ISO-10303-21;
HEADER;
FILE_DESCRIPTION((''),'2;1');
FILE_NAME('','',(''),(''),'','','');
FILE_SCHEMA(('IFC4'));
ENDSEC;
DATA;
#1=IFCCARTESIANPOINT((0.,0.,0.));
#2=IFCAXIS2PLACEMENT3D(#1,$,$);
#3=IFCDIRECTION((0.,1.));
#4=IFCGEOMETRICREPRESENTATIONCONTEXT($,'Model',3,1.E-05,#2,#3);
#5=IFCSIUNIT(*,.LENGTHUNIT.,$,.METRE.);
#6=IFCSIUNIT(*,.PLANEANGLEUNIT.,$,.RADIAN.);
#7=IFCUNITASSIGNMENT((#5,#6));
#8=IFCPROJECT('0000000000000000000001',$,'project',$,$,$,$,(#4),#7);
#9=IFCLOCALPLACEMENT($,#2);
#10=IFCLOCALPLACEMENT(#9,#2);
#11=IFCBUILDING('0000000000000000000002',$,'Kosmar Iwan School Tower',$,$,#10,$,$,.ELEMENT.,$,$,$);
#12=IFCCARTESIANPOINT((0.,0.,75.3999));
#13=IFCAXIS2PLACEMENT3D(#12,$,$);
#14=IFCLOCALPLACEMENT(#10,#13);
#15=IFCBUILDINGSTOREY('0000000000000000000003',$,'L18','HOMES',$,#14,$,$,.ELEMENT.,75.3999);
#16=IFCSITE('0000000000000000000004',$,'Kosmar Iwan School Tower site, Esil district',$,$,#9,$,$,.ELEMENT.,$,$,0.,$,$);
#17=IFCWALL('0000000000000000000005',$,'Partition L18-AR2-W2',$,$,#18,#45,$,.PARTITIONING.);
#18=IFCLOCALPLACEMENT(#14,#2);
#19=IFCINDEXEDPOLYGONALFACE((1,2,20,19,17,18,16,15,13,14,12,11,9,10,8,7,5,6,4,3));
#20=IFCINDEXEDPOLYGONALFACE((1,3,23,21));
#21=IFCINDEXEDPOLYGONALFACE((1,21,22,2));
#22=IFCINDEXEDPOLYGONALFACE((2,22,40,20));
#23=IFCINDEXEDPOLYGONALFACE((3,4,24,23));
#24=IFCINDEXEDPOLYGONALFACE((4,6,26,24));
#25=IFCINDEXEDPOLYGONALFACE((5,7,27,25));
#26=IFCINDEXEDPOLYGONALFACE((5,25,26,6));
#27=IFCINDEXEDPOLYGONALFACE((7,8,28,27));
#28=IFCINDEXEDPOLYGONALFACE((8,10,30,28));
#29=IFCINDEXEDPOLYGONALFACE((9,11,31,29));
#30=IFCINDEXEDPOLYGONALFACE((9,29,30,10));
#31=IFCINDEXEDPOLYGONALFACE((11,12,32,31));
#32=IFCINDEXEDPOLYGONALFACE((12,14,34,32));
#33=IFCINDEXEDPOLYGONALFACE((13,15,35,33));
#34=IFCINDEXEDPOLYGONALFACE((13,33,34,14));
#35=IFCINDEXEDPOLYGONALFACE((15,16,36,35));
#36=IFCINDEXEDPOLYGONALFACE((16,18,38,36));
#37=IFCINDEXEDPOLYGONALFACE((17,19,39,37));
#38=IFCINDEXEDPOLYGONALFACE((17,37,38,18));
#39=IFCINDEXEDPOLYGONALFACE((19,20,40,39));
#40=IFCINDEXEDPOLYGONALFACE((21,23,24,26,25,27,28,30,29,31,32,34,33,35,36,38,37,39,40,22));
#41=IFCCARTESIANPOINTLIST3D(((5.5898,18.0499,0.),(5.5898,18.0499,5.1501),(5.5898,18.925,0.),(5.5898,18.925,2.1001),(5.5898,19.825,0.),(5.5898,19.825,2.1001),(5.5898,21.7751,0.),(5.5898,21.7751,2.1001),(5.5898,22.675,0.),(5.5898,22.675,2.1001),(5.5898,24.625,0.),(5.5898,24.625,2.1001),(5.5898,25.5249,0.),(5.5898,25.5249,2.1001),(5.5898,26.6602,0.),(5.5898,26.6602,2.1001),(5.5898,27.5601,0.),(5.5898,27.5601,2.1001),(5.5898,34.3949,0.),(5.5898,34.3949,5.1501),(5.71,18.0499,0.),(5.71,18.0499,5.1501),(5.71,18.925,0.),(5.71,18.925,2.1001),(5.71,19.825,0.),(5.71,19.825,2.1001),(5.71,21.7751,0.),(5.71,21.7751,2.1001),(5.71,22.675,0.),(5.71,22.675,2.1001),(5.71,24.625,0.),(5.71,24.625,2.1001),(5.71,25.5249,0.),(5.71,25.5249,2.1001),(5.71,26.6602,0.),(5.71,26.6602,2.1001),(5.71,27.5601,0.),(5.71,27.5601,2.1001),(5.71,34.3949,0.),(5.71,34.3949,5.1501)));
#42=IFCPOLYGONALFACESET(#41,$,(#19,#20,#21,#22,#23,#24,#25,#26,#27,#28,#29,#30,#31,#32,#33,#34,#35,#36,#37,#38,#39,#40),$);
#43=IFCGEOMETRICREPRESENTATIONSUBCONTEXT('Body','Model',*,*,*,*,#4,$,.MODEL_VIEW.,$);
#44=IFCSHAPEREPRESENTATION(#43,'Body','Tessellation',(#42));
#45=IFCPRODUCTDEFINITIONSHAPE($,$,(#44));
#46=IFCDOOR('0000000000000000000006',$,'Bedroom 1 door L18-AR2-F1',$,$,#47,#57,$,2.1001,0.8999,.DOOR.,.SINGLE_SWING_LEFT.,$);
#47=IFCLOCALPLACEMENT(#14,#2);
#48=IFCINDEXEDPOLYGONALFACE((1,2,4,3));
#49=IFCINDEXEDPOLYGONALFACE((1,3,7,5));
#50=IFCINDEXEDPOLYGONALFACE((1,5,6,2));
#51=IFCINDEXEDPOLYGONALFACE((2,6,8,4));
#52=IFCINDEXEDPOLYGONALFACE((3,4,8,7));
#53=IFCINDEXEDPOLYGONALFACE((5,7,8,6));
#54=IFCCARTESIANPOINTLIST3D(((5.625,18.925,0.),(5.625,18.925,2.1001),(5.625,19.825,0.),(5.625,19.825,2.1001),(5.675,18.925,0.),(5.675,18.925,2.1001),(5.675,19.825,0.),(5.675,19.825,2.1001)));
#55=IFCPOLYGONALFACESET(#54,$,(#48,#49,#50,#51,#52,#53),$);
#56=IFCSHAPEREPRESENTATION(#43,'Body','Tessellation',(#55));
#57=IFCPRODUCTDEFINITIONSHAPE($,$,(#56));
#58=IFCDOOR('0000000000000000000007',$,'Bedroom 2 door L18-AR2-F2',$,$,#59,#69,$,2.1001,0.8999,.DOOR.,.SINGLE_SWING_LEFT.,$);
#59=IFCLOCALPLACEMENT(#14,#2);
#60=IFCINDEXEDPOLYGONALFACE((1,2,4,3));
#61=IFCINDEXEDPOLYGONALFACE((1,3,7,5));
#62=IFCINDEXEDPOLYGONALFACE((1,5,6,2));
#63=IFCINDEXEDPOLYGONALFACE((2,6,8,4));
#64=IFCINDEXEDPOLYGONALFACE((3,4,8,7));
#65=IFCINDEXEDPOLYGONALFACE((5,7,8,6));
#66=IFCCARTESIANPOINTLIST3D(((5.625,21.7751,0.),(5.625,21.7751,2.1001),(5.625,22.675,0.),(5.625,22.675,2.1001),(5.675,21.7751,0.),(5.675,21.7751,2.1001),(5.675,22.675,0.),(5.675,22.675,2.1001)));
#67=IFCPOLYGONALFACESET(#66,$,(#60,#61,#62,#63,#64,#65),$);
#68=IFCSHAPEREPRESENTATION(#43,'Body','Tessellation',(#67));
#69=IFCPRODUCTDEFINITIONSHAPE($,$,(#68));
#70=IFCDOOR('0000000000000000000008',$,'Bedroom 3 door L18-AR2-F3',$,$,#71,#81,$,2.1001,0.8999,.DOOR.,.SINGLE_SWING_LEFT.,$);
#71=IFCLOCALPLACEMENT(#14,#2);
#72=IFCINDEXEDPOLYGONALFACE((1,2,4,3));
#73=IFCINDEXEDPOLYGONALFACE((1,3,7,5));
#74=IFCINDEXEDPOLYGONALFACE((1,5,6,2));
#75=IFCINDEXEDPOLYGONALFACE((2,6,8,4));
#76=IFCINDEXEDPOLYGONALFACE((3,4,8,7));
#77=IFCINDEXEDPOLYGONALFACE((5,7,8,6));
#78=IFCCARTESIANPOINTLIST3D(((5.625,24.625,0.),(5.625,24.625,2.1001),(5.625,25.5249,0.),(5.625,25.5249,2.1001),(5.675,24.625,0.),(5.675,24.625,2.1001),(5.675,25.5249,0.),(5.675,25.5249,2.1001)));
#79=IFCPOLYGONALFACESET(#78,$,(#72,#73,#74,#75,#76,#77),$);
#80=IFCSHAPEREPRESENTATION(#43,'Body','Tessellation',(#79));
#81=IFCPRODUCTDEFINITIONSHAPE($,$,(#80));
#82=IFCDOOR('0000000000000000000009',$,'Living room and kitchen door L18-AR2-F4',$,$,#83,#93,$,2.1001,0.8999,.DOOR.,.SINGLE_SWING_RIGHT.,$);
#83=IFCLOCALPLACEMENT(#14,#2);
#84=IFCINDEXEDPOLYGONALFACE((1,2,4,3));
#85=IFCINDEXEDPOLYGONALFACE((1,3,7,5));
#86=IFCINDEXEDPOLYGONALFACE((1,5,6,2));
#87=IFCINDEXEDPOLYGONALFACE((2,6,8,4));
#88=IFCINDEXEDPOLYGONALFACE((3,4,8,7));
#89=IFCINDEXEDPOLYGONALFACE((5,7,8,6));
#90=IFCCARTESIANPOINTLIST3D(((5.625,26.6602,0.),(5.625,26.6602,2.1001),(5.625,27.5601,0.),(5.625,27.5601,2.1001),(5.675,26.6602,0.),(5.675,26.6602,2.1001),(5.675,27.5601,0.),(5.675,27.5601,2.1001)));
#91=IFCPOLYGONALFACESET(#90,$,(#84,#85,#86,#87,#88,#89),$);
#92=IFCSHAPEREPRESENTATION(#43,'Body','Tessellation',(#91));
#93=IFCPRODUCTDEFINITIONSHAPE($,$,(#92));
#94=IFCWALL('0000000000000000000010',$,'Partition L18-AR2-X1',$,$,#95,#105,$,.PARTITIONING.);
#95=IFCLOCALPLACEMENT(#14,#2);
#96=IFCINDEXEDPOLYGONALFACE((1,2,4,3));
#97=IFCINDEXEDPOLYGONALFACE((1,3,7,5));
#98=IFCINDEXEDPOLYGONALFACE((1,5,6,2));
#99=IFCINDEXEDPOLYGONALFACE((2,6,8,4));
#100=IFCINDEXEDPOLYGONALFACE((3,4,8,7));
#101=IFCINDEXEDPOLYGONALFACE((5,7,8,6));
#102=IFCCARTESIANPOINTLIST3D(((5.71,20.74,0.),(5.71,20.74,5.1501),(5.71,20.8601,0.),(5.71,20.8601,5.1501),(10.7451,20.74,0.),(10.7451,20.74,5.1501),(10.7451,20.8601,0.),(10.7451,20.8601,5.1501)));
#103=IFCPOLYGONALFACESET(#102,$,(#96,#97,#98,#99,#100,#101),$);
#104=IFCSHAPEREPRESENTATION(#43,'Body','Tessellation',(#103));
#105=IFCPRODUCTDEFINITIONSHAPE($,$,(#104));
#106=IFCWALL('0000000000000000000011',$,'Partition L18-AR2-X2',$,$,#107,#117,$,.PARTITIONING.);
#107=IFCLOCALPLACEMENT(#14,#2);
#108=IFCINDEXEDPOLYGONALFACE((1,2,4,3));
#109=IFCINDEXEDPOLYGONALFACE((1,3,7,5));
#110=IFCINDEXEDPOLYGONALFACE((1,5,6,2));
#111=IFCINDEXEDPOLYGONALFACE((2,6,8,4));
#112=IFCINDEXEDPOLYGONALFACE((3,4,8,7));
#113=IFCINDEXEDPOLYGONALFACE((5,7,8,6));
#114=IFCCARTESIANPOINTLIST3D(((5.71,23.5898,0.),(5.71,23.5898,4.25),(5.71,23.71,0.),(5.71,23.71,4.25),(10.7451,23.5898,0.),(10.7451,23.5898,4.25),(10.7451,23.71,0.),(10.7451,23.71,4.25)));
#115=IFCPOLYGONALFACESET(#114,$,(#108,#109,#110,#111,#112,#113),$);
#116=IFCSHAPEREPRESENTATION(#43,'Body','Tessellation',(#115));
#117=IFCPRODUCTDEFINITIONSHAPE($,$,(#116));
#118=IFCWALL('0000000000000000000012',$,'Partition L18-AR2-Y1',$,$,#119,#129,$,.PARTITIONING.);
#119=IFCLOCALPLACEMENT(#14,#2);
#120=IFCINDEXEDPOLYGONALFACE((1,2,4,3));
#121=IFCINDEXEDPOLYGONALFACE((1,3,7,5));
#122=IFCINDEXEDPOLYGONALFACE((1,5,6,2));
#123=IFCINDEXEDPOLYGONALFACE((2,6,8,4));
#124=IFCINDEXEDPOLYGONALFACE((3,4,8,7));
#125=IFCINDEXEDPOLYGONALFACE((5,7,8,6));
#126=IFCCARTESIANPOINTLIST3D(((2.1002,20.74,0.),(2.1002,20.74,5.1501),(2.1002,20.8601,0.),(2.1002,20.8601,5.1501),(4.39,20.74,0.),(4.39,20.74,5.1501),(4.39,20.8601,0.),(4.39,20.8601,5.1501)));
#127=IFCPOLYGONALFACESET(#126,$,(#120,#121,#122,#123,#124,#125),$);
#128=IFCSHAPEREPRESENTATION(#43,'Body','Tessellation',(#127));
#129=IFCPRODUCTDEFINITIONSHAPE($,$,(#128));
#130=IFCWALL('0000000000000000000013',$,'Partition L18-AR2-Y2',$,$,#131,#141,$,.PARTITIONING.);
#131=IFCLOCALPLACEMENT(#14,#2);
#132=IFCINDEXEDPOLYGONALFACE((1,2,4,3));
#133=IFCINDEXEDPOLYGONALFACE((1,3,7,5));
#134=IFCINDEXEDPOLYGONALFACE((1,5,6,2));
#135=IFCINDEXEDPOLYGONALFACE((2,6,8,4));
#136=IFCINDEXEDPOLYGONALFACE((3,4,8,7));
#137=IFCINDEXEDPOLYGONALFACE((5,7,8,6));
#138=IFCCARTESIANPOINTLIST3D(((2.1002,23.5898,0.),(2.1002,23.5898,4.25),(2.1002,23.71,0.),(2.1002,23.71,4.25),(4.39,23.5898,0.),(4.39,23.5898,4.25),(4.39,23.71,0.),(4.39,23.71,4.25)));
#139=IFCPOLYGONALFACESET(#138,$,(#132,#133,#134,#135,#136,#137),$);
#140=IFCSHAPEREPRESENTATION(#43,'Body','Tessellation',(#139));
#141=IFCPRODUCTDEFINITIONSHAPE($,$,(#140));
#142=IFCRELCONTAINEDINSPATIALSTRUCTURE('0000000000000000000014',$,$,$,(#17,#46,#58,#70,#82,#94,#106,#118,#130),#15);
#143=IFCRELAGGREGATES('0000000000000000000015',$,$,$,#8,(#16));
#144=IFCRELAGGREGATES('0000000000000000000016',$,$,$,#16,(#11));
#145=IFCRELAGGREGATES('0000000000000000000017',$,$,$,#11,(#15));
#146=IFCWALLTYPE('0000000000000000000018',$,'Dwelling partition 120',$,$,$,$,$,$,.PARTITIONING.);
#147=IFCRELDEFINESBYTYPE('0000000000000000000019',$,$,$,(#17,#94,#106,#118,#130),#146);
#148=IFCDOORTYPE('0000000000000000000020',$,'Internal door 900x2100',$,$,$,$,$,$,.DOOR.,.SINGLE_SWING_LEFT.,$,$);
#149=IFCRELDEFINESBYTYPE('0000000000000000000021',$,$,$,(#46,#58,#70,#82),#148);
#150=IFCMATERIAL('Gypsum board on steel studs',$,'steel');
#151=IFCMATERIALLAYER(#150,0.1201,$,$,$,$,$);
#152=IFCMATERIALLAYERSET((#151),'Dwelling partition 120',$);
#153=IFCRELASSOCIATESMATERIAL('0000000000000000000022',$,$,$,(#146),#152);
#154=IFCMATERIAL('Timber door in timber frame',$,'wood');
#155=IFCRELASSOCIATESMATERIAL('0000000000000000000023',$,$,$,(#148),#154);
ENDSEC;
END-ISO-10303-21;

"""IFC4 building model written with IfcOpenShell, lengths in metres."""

from ifc_helpers import new_model, si_unit, direction, frame, frame_2d, origin, place, context, subcontext, project, spatial, rectangle, extrude, material, layer, layer_set, type_object, element, fill, save


model = new_model("IFC4")

# Units and contexts
model_context = context("Model", 3, precision=1e-05, world=origin(), true_north=direction((0.0, 1.0)))
body_context = subcontext(model_context, "Body", "Model", "MODEL_VIEW")
ifc_project = project(units=[si_unit("LENGTHUNIT", "METRE"), si_unit("PLANEANGLEUNIT", "RADIAN")], contexts=[model_context])

# Site, building, storey
site_placement = place(None, origin())
site = spatial("IfcSite", under=ifc_project, at=site_placement, Name="Kosmar Iwan School Tower site, Esil district", CompositionType="ELEMENT", RefElevation=0.0)
building_placement = place(site_placement, origin())
building = spatial("IfcBuilding", under=site, at=building_placement, Name="Kosmar Iwan School Tower", CompositionType="ELEMENT")
storey_placement = place(building_placement, frame((0.0, 0.0, 75.3999)))
storey = spatial("IfcBuildingStorey", under=building, at=storey_placement, Name="L18", Description="HOMES", CompositionType="ELEMENT", Elevation=75.3999)

# Wall, openings, doors
ifc_material_1 = material(Name="Gypsum board on steel studs", Category="steel")
ifc_layer_1 = layer(ifc_material_1, 0.1201)
ifc_layer_set_1 = layer_set([ifc_layer_1], Name="Dwelling partition 120")
wall_type_1 = type_object("IfcWallType", Name="Dwelling partition 120", PredefinedType="PARTITIONING", material=ifc_layer_set_1)
ifc_material_2 = material(Name="Timber door in timber frame", Category="wood")
door_type_1 = type_object("IfcDoorType", Name="Internal door 900x2100", OperationType="SINGLE_SWING_LEFT", PredefinedType="DOOR", material=ifc_material_2)
wall_1_placement = place(storey_placement, frame((5.6499, 18.05, 0.0), z_axis=(0.0, 0.0, 1.0), x_axis=(0.0, 1.0, 0.0)))
wall_1 = element("IfcWall", 1, at=wall_1_placement, inside=storey, type_object=wall_type_1, Name="Partition L18-AR2-W2", PredefinedType="PARTITIONING", context=body_context, shape_type="SweptSolid", body=[
    extrude(rectangle(XDim=16.345, YDim=0.1201, at=frame_2d((8.1724, 0.0))), origin(), (0.0, 0.0, 1.0), 5.1501),
])
opening_1_placement = place(wall_1_placement, frame((0.875, 0.0, 0.0)))
opening_1 = element("IfcOpeningElement", 2, at=opening_1_placement, cuts=wall_1, PredefinedType="OPENING", context=body_context, shape_type="SweptSolid", body=[
    extrude(rectangle(XDim=0.8999, YDim=2.1001, at=frame_2d((0.45, 1.05))), frame((0.0, 0.072, 0.0), z_axis=(0.0, -1.0, 0.0), x_axis=(1.0, 0.0, 0.0)), (0.0, 0.0, 1.0), 0.144),
])
opening_2_placement = place(wall_1_placement, frame((3.7251, 0.0, 0.0)))
opening_2 = element("IfcOpeningElement", 3, at=opening_2_placement, cuts=wall_1, PredefinedType="OPENING", context=body_context, shape_type="SweptSolid", body=[
    extrude(rectangle(XDim=0.8999, YDim=2.1001, at=frame_2d((0.45, 1.05))), frame((0.0, 0.072, 0.0), z_axis=(0.0, -1.0, 0.0), x_axis=(1.0, 0.0, 0.0)), (0.0, 0.0, 1.0), 0.144),
])
opening_3_placement = place(wall_1_placement, frame((6.575, 0.0, 0.0)))
opening_3 = element("IfcOpeningElement", 4, at=opening_3_placement, cuts=wall_1, PredefinedType="OPENING", context=body_context, shape_type="SweptSolid", body=[
    extrude(rectangle(XDim=0.8999, YDim=2.1001, at=frame_2d((0.45, 1.05))), frame((0.0, 0.072, 0.0), z_axis=(0.0, -1.0, 0.0), x_axis=(1.0, 0.0, 0.0)), (0.0, 0.0, 1.0), 0.144),
])
opening_4_placement = place(wall_1_placement, frame((8.6101, 0.0, 0.0)))
opening_4 = element("IfcOpeningElement", 5, at=opening_4_placement, cuts=wall_1, PredefinedType="OPENING", context=body_context, shape_type="SweptSolid", body=[
    extrude(rectangle(XDim=0.8999, YDim=2.1001, at=frame_2d((0.45, 1.05))), frame((0.0, 0.072, 0.0), z_axis=(0.0, -1.0, 0.0), x_axis=(1.0, 0.0, 0.0)), (0.0, 0.0, 1.0), 0.144),
])
door_1_placement = place(opening_1_placement, origin())
door_1 = element("IfcDoor", 6, at=door_1_placement, inside=storey, type_object=door_type_1, Name="Bedroom 1 door L18-AR2-F1", OperationType="SINGLE_SWING_LEFT", OverallHeight=2.1001, OverallWidth=0.8999, PredefinedType="DOOR", context=body_context, shape_type="SweptSolid", body=[
    extrude(rectangle(XDim=0.8999, YDim=2.1001, at=frame_2d((0.45, 1.05))), frame((0.0, 0.0249, 0.0), z_axis=(0.0, -1.0, 0.0), x_axis=(1.0, 0.0, 0.0)), (0.0, 0.0, 1.0), 0.05),
])
fill(opening_1, door_1)
door_2_placement = place(opening_2_placement, origin())
door_2 = element("IfcDoor", 7, at=door_2_placement, inside=storey, type_object=door_type_1, Name="Bedroom 2 door L18-AR2-F2", OperationType="SINGLE_SWING_LEFT", OverallHeight=2.1001, OverallWidth=0.8999, PredefinedType="DOOR", context=body_context, shape_type="SweptSolid", body=[
    extrude(rectangle(XDim=0.8999, YDim=2.1001, at=frame_2d((0.45, 1.05))), frame((0.0, 0.0249, 0.0), z_axis=(0.0, -1.0, 0.0), x_axis=(1.0, 0.0, 0.0)), (0.0, 0.0, 1.0), 0.05),
])
fill(opening_2, door_2)
door_3_placement = place(opening_3_placement, origin())
door_3 = element("IfcDoor", 8, at=door_3_placement, inside=storey, type_object=door_type_1, Name="Bedroom 3 door L18-AR2-F3", OperationType="SINGLE_SWING_LEFT", OverallHeight=2.1001, OverallWidth=0.8999, PredefinedType="DOOR", context=body_context, shape_type="SweptSolid", body=[
    extrude(rectangle(XDim=0.8999, YDim=2.1001, at=frame_2d((0.45, 1.05))), frame((0.0, 0.0249, 0.0), z_axis=(0.0, -1.0, 0.0), x_axis=(1.0, 0.0, 0.0)), (0.0, 0.0, 1.0), 0.05),
])
fill(opening_3, door_3)
door_4_placement = place(opening_4_placement, origin())
door_4 = element("IfcDoor", 9, at=door_4_placement, inside=storey, type_object=door_type_1, Name="Living room and kitchen door L18-AR2-F4", OperationType="SINGLE_SWING_RIGHT", OverallHeight=2.1001, OverallWidth=0.8999, PredefinedType="DOOR", context=body_context, shape_type="SweptSolid", body=[
    extrude(rectangle(XDim=0.8999, YDim=2.1001, at=frame_2d((0.45, 1.05))), frame((0.0, 0.0249, 0.0), z_axis=(0.0, -1.0, 0.0), x_axis=(1.0, 0.0, 0.0)), (0.0, 0.0, 1.0), 0.05),
])
fill(opening_4, door_4)

# Walls
wall_2_placement = place(storey_placement, frame((5.71, 20.8, 0.0), z_axis=(0.0, 0.0, 1.0), x_axis=(1.0, 0.0, 0.0)))
element("IfcWall", 10, at=wall_2_placement, inside=storey, type_object=wall_type_1, Name="Partition L18-AR2-X1", PredefinedType="PARTITIONING", context=body_context, shape_type="SweptSolid", body=[
    extrude(rectangle(XDim=5.0352, YDim=0.1201, at=frame_2d((2.5176, 0.0))), origin(), (0.0, 0.0, 1.0), 5.1501),
])
wall_3_placement = place(storey_placement, frame((5.71, 23.6499, 0.0), z_axis=(0.0, 0.0, 1.0), x_axis=(1.0, 0.0, 0.0)))
element("IfcWall", 11, at=wall_3_placement, inside=storey, type_object=wall_type_1, Name="Partition L18-AR2-X2", PredefinedType="PARTITIONING", context=body_context, shape_type="SweptSolid", body=[
    extrude(rectangle(XDim=5.0352, YDim=0.1201, at=frame_2d((2.5176, 0.0))), origin(), (0.0, 0.0, 1.0), 4.25),
])
wall_4_placement = place(storey_placement, frame((2.1001, 20.8, 0.0), z_axis=(0.0, 0.0, 1.0), x_axis=(1.0, 0.0, 0.0)))
element("IfcWall", 12, at=wall_4_placement, inside=storey, type_object=wall_type_1, Name="Partition L18-AR2-Y1", PredefinedType="PARTITIONING", context=body_context, shape_type="SweptSolid", body=[
    extrude(rectangle(XDim=2.2898, YDim=0.1201, at=frame_2d((1.145, 0.0))), origin(), (0.0, 0.0, 1.0), 5.1501),
])
wall_5_placement = place(storey_placement, frame((2.1001, 23.6499, 0.0), z_axis=(0.0, 0.0, 1.0), x_axis=(1.0, 0.0, 0.0)))
element("IfcWall", 13, at=wall_5_placement, inside=storey, type_object=wall_type_1, Name="Partition L18-AR2-Y2", PredefinedType="PARTITIONING", context=body_context, shape_type="SweptSolid", body=[
    extrude(rectangle(XDim=2.2898, YDim=0.1201, at=frame_2d((1.145, 0.0))), origin(), (0.0, 0.0, 1.0), 4.25),
])

save(model, "model.ifc")
